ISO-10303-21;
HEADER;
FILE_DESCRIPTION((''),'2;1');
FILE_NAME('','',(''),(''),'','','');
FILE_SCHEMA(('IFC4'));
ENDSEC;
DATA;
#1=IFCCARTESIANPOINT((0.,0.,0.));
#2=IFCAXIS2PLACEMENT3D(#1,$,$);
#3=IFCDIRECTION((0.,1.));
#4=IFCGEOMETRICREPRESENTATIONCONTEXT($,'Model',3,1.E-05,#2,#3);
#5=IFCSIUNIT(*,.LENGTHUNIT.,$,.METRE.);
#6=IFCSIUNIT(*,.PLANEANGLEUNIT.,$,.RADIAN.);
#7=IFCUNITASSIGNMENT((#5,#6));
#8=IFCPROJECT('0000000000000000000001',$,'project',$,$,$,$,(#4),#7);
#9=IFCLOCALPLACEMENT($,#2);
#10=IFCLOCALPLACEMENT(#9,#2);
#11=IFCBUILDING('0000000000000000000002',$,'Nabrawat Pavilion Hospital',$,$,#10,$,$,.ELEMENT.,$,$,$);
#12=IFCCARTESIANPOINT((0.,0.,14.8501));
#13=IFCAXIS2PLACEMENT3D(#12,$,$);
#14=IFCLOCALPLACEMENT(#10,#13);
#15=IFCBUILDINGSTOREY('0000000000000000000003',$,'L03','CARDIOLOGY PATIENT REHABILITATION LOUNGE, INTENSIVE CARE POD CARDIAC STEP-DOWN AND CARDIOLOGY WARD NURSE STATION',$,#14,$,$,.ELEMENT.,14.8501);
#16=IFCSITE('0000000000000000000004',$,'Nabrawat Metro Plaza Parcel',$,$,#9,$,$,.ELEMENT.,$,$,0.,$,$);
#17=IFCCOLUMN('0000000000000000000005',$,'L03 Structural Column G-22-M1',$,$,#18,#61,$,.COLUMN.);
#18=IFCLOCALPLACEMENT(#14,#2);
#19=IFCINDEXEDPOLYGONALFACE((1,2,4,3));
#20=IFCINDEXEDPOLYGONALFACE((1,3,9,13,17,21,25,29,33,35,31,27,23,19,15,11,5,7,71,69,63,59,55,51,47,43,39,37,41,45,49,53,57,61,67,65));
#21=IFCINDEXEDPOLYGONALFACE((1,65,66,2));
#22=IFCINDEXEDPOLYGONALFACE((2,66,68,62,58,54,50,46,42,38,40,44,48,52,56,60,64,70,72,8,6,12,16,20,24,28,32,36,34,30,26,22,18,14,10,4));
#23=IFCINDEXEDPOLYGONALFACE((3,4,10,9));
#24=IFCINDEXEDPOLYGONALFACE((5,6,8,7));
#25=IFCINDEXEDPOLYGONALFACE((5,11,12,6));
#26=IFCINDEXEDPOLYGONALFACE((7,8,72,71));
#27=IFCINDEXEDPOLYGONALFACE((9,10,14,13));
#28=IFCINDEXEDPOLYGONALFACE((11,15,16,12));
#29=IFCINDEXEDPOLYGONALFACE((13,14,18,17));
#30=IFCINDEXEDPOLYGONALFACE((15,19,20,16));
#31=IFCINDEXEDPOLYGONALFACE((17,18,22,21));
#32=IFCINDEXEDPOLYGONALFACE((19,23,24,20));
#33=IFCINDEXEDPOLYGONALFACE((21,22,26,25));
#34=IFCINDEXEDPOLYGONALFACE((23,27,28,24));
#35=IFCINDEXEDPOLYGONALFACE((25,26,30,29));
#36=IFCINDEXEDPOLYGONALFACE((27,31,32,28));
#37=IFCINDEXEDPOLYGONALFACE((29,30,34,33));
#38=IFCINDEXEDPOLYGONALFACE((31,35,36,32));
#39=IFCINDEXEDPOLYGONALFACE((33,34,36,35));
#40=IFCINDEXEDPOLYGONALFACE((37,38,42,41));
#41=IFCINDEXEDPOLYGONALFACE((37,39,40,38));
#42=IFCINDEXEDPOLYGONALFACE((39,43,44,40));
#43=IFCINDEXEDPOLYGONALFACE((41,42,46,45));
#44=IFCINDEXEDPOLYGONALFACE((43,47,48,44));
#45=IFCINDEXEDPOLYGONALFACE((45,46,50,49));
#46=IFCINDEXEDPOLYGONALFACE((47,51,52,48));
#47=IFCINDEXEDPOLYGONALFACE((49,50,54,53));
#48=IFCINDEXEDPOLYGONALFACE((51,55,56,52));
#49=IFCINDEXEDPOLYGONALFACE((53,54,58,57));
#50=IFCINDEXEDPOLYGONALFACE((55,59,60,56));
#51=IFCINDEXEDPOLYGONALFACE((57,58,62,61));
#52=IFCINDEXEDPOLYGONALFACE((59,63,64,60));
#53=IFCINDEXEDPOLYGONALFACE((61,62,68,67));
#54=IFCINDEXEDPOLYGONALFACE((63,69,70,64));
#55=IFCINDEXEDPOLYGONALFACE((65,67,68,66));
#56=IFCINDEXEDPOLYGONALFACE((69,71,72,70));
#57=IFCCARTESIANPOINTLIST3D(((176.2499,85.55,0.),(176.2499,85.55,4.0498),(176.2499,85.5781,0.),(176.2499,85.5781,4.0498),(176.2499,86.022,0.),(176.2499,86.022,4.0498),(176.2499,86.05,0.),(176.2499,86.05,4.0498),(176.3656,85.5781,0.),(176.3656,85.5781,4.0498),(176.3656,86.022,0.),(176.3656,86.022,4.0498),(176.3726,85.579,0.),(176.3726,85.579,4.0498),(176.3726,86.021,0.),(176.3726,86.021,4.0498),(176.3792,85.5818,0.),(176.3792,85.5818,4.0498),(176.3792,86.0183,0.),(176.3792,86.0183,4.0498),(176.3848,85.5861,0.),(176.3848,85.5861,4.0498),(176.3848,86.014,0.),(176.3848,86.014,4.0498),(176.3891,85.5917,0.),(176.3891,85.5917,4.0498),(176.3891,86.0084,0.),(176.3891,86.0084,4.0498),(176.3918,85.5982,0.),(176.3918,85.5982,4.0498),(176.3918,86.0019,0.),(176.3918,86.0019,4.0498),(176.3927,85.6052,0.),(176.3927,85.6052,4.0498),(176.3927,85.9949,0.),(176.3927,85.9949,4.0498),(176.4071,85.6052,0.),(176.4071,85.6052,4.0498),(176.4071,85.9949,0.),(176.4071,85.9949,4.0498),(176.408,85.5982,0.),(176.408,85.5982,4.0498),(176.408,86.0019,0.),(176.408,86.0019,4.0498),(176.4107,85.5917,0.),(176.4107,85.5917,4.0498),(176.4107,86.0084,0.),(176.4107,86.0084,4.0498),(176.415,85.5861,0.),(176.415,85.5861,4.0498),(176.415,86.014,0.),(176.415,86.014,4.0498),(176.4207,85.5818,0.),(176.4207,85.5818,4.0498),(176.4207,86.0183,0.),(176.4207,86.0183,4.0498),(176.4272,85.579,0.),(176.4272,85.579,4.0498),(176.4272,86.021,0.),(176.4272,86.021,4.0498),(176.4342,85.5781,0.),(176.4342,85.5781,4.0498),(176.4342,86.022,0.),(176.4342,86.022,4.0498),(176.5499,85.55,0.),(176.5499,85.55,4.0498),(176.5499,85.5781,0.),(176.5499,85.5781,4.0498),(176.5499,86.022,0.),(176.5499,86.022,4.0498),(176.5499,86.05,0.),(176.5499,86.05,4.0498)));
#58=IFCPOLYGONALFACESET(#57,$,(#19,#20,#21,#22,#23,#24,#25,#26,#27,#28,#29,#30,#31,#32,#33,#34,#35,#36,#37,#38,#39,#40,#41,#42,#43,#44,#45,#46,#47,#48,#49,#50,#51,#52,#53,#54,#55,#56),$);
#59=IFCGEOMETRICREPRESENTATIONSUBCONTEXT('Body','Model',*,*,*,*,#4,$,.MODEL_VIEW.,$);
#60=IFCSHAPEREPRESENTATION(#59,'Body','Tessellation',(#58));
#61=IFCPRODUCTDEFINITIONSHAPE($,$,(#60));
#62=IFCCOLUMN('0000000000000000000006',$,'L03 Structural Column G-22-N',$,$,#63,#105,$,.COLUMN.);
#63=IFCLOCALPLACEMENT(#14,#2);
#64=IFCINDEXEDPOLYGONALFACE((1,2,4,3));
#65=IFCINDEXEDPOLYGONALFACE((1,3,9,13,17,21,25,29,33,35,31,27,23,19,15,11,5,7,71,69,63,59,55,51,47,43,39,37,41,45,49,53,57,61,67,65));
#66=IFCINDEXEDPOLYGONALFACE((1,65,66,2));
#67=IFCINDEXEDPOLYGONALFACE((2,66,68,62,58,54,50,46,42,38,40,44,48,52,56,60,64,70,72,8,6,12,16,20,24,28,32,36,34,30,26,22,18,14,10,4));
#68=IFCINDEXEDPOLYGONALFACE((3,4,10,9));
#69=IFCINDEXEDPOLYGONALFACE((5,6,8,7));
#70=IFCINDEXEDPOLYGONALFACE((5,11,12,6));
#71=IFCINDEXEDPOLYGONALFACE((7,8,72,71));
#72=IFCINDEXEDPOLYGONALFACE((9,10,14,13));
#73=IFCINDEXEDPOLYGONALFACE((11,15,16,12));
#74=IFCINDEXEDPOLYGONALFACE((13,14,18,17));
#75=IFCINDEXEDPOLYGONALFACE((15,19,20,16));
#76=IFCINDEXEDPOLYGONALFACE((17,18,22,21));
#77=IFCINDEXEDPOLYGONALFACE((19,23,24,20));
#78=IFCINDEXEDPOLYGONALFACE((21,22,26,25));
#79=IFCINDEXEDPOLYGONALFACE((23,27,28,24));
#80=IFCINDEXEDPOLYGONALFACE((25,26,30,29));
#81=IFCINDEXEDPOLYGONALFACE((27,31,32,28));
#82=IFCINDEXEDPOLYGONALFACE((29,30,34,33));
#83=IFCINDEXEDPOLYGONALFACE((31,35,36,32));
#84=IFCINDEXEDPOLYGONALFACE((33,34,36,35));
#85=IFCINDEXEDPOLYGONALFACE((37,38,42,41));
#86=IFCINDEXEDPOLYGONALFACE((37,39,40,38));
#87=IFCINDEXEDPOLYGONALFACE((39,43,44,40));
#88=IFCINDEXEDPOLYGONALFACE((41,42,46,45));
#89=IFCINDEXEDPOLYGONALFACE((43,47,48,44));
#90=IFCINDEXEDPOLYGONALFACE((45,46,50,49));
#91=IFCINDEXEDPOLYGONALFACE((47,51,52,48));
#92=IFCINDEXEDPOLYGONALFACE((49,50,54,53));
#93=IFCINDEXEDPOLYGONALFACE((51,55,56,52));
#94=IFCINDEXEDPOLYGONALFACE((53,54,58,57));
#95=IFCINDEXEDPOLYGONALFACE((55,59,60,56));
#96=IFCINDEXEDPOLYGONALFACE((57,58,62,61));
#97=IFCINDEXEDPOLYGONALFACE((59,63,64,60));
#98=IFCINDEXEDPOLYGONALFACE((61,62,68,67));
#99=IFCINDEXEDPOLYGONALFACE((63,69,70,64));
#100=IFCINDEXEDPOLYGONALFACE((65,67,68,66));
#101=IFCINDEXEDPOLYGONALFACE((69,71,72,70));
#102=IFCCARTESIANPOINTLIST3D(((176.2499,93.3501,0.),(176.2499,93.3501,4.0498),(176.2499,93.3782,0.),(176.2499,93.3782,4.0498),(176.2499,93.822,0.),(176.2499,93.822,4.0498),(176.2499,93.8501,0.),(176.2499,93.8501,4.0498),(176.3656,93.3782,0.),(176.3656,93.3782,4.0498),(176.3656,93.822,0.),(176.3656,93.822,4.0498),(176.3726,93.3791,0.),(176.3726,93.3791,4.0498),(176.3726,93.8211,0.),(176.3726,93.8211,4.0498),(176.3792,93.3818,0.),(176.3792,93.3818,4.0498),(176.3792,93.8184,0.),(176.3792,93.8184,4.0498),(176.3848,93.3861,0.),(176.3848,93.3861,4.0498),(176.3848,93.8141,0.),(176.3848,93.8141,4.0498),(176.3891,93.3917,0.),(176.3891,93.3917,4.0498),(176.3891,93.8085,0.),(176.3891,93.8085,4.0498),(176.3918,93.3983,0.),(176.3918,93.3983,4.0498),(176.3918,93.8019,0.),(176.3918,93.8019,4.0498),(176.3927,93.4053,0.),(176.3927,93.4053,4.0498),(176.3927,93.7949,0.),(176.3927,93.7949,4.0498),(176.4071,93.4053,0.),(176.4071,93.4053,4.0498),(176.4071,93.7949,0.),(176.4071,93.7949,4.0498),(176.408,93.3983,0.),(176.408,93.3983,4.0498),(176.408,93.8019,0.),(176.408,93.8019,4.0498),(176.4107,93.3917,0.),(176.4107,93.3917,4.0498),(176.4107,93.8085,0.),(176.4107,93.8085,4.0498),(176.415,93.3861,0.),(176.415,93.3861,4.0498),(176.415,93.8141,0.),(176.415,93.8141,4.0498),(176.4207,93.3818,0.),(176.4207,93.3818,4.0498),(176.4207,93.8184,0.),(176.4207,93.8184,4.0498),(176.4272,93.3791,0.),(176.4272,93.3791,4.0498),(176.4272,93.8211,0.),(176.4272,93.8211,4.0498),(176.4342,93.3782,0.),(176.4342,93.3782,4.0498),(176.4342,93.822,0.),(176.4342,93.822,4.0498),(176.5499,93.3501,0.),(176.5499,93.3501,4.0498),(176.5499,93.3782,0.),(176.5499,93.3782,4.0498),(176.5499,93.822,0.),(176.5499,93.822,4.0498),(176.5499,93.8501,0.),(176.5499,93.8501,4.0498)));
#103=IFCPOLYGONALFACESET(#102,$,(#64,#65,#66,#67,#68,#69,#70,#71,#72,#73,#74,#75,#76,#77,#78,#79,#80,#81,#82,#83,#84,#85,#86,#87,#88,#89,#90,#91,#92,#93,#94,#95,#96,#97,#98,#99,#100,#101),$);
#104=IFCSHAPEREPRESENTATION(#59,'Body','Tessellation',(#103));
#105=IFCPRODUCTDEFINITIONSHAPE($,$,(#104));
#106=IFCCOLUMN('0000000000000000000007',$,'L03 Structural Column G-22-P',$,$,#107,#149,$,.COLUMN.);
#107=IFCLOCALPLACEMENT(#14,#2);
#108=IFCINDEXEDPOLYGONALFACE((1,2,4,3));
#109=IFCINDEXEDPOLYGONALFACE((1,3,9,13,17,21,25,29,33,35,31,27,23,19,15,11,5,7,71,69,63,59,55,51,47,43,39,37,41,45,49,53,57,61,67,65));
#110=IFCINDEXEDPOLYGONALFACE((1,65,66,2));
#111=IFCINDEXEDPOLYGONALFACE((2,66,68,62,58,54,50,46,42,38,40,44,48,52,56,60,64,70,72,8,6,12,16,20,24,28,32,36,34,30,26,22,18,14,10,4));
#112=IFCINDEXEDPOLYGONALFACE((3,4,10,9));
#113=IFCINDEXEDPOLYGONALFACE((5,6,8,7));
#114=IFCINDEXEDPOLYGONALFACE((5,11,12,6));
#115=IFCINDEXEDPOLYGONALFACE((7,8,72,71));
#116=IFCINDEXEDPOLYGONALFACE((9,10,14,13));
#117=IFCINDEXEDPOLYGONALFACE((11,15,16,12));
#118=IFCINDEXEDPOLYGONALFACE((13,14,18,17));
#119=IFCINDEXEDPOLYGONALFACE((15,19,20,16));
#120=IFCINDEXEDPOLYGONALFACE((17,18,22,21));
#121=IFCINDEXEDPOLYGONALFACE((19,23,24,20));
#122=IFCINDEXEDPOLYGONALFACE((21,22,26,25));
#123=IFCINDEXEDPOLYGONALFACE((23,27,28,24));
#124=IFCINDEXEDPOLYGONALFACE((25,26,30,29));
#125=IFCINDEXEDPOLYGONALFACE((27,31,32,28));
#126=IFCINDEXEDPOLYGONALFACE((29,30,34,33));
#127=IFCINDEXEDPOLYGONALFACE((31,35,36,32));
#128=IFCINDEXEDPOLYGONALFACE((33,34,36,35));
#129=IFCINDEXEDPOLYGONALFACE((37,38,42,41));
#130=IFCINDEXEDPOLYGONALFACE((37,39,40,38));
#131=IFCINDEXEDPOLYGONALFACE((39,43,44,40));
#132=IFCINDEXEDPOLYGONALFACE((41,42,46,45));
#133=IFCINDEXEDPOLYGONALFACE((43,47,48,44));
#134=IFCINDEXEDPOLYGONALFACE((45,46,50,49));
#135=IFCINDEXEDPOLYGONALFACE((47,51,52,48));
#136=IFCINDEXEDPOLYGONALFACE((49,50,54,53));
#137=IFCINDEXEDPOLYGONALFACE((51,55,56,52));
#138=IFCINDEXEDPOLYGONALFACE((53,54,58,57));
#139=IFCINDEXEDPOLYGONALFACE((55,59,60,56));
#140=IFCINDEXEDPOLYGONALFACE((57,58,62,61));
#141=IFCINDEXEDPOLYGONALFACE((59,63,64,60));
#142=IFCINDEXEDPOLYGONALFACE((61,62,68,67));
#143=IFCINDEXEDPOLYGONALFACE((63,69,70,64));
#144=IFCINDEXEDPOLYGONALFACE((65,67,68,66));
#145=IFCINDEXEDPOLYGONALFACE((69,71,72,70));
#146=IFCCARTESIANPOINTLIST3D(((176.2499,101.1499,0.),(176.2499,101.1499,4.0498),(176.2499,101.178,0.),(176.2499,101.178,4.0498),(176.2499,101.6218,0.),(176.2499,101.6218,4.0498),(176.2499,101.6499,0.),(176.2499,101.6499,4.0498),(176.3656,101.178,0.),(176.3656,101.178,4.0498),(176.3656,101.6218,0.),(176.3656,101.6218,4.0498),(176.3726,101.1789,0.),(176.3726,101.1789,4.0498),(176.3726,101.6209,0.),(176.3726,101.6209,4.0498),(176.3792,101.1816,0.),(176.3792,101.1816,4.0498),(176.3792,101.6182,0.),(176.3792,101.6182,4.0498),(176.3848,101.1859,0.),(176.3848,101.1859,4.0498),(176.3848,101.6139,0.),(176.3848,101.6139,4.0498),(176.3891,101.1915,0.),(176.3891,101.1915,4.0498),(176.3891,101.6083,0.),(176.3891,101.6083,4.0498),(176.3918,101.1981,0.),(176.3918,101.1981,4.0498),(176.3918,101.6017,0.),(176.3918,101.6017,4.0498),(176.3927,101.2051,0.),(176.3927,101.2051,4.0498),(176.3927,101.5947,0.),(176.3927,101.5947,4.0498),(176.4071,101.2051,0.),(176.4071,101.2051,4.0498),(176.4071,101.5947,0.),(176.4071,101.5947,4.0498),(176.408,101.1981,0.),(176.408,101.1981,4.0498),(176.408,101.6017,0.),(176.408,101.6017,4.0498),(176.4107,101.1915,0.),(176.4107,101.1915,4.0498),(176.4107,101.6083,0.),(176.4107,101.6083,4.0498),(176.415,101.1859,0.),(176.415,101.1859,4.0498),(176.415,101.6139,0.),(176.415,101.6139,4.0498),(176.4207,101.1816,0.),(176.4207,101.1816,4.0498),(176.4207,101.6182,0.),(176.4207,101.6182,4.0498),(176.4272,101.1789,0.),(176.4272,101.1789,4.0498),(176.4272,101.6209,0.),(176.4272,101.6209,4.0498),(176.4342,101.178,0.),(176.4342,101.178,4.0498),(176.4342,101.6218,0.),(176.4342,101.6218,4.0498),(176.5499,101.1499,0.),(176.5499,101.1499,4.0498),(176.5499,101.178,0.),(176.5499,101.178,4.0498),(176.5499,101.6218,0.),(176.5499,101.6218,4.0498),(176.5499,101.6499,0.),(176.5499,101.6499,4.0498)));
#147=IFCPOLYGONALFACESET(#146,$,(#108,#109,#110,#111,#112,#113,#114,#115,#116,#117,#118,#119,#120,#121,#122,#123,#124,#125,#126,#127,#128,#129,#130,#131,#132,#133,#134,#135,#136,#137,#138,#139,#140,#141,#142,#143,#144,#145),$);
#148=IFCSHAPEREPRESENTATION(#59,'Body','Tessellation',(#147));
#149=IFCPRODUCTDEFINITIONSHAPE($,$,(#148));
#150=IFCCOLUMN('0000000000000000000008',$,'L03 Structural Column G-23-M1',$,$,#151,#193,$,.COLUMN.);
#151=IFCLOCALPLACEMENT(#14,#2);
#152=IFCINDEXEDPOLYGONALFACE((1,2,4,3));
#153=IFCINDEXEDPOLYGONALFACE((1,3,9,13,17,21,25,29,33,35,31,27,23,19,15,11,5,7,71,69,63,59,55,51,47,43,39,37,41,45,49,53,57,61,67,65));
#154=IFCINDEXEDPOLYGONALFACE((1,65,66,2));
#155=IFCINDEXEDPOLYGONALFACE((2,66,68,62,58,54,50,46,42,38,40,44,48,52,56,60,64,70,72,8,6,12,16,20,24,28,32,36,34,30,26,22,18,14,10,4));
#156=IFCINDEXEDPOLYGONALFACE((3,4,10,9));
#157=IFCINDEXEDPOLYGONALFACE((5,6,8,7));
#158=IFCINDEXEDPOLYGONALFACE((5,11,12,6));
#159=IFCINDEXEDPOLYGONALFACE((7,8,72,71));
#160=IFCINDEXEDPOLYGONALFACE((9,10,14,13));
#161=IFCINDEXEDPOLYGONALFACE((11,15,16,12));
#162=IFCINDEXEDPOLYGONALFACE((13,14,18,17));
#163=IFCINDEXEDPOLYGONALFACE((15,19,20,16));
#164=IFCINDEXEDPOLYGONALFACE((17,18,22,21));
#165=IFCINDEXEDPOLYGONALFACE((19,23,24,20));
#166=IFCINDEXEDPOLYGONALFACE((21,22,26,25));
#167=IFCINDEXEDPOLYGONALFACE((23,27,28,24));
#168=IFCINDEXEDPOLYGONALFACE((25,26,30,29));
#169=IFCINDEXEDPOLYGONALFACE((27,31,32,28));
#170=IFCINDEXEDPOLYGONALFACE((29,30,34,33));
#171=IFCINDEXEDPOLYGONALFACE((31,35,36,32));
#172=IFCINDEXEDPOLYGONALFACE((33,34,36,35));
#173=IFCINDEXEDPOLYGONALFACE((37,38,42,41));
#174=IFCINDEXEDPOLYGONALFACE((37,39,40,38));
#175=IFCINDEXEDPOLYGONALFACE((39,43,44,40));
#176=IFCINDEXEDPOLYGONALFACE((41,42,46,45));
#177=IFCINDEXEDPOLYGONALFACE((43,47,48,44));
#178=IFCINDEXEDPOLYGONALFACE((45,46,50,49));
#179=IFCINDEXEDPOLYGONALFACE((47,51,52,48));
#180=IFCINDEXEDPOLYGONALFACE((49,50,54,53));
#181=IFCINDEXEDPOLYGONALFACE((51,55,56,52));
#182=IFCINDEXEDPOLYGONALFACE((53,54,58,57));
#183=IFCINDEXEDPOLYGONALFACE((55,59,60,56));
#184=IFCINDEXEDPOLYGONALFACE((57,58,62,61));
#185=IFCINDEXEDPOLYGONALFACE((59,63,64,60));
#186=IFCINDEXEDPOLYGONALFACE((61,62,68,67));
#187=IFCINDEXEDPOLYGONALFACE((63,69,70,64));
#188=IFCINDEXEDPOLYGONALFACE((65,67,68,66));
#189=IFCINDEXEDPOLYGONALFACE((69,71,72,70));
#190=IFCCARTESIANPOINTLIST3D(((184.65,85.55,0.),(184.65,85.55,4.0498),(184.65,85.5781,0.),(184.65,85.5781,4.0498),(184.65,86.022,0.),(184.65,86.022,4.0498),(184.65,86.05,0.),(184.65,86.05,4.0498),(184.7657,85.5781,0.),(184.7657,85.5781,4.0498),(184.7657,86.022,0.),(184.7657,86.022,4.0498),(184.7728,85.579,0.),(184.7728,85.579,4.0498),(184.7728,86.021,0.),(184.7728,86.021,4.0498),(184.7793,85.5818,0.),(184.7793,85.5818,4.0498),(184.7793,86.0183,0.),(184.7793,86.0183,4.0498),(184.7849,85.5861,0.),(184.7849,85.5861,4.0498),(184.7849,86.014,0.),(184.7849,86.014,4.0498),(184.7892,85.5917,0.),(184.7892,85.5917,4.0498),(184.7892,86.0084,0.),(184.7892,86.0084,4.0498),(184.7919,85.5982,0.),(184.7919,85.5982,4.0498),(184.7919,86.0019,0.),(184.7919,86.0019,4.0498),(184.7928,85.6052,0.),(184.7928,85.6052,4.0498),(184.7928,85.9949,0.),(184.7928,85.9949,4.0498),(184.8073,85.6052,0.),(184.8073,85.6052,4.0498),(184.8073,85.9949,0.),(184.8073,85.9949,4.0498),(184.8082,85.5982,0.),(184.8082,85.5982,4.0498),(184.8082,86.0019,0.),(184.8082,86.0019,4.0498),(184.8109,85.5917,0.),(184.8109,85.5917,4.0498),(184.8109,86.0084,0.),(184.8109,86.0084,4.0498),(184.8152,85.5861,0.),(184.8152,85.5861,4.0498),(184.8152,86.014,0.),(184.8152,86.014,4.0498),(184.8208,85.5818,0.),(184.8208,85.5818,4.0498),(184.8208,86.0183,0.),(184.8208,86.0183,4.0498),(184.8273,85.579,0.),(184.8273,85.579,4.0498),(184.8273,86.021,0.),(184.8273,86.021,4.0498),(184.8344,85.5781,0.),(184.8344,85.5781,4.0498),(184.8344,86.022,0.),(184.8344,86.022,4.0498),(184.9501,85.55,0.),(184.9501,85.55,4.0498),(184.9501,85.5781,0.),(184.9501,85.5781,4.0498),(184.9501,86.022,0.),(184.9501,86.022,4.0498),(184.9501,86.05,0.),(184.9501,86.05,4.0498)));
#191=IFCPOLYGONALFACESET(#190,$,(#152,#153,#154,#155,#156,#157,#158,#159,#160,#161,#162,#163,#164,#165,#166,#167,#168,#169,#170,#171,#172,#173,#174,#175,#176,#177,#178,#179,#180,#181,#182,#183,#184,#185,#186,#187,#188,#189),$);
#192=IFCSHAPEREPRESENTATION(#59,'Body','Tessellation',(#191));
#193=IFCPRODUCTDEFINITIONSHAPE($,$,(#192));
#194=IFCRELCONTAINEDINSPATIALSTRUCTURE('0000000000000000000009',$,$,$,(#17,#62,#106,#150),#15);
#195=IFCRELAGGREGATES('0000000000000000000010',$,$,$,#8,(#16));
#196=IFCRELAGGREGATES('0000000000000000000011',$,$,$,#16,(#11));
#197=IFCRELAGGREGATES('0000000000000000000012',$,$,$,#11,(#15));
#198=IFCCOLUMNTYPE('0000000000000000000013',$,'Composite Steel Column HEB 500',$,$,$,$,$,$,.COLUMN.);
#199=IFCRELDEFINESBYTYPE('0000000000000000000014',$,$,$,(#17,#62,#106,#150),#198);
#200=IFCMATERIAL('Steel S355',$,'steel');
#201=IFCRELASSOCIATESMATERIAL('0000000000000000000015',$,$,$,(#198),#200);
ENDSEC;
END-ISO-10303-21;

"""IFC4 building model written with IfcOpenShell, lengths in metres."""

from ifc_helpers import new_model, si_unit, direction, frame, origin, origin_2d, place, context, subcontext, project, spatial, i_section, extrude, material, material_profile, profile_set, type_object, element, save


model = new_model("IFC4")

# Units and contexts
model_context = context("Model", 3, precision=1e-05, world=origin(), true_north=direction((0.0, 1.0)))
body_context = subcontext(model_context, "Body", "Model", "MODEL_VIEW")
ifc_project = project(units=[si_unit("LENGTHUNIT", "METRE"), si_unit("PLANEANGLEUNIT", "RADIAN")], contexts=[model_context])

# Site, building, storey
site_placement = place(None, origin())
site = spatial("IfcSite", under=ifc_project, at=site_placement, Name="Nabrawat Metro Plaza Parcel", CompositionType="ELEMENT", RefElevation=0.0)
building_placement = place(site_placement, origin())
building = spatial("IfcBuilding", under=site, at=building_placement, Name="Nabrawat Pavilion Hospital", CompositionType="ELEMENT")
storey_placement = place(building_placement, frame((0.0, 0.0, 14.8501)))
storey = spatial("IfcBuildingStorey", under=building, at=storey_placement, Name="L03", Description="CARDIOLOGY PATIENT REHABILITATION LOUNGE, INTENSIVE CARE POD CARDIAC STEP-DOWN AND CARDIOLOGY WARD NURSE STATION", CompositionType="ELEMENT", Elevation=14.8501)

# Columns
ifc_material_1 = material(Name="Steel S355", Category="steel")
ifc_material_profile_1 = material_profile(ifc_material_1, i_section(OverallWidth=0.3, OverallDepth=0.5, WebThickness=0.0144, FlangeThickness=0.0281, FilletRadius=0.0271, at=origin_2d()), Name="HEB 500")
ifc_profile_set_1 = profile_set([ifc_material_profile_1], Name="Steel S355")
column_type = type_object("IfcColumnType", Name="Composite Steel Column HEB 500", PredefinedType="COLUMN", material=ifc_profile_set_1)
for number, where, z_axis, x_axis, name in (
    (1, (176.3999, 85.8, 0.0), (0.0, 0.0, 1.0), (1.0, 0.0, 0.0), "L03 Structural Column G-22-M1"),
    (2, (176.3999, 93.6001, 0.0), (0.0, 0.0, 1.0), (1.0, 0.0, 0.0), "L03 Structural Column G-22-N"),
    (3, (176.3999, 101.3999, 0.0), (0.0, 0.0, 1.0), (1.0, 0.0, 0.0), "L03 Structural Column G-22-P"),
    (4, (184.8, 85.8, 0.0), (0.0, 0.0, 1.0), (1.0, 0.0, 0.0), "L03 Structural Column G-23-M1"),
):
    element("IfcColumn", number, at=place(storey_placement, frame(where, z_axis=z_axis, x_axis=x_axis)), inside=storey, type_object=column_type, Name=name, PredefinedType="COLUMN", context=body_context, shape_type="SweptSolid", body=[
        extrude(i_section(OverallWidth=0.3, OverallDepth=0.5, WebThickness=0.0144, FlangeThickness=0.0281, FilletRadius=0.0271, at=origin_2d()), origin(), (0.0, 0.0, 1.0), 4.0498),
    ])

save(model, "model.ifc")
